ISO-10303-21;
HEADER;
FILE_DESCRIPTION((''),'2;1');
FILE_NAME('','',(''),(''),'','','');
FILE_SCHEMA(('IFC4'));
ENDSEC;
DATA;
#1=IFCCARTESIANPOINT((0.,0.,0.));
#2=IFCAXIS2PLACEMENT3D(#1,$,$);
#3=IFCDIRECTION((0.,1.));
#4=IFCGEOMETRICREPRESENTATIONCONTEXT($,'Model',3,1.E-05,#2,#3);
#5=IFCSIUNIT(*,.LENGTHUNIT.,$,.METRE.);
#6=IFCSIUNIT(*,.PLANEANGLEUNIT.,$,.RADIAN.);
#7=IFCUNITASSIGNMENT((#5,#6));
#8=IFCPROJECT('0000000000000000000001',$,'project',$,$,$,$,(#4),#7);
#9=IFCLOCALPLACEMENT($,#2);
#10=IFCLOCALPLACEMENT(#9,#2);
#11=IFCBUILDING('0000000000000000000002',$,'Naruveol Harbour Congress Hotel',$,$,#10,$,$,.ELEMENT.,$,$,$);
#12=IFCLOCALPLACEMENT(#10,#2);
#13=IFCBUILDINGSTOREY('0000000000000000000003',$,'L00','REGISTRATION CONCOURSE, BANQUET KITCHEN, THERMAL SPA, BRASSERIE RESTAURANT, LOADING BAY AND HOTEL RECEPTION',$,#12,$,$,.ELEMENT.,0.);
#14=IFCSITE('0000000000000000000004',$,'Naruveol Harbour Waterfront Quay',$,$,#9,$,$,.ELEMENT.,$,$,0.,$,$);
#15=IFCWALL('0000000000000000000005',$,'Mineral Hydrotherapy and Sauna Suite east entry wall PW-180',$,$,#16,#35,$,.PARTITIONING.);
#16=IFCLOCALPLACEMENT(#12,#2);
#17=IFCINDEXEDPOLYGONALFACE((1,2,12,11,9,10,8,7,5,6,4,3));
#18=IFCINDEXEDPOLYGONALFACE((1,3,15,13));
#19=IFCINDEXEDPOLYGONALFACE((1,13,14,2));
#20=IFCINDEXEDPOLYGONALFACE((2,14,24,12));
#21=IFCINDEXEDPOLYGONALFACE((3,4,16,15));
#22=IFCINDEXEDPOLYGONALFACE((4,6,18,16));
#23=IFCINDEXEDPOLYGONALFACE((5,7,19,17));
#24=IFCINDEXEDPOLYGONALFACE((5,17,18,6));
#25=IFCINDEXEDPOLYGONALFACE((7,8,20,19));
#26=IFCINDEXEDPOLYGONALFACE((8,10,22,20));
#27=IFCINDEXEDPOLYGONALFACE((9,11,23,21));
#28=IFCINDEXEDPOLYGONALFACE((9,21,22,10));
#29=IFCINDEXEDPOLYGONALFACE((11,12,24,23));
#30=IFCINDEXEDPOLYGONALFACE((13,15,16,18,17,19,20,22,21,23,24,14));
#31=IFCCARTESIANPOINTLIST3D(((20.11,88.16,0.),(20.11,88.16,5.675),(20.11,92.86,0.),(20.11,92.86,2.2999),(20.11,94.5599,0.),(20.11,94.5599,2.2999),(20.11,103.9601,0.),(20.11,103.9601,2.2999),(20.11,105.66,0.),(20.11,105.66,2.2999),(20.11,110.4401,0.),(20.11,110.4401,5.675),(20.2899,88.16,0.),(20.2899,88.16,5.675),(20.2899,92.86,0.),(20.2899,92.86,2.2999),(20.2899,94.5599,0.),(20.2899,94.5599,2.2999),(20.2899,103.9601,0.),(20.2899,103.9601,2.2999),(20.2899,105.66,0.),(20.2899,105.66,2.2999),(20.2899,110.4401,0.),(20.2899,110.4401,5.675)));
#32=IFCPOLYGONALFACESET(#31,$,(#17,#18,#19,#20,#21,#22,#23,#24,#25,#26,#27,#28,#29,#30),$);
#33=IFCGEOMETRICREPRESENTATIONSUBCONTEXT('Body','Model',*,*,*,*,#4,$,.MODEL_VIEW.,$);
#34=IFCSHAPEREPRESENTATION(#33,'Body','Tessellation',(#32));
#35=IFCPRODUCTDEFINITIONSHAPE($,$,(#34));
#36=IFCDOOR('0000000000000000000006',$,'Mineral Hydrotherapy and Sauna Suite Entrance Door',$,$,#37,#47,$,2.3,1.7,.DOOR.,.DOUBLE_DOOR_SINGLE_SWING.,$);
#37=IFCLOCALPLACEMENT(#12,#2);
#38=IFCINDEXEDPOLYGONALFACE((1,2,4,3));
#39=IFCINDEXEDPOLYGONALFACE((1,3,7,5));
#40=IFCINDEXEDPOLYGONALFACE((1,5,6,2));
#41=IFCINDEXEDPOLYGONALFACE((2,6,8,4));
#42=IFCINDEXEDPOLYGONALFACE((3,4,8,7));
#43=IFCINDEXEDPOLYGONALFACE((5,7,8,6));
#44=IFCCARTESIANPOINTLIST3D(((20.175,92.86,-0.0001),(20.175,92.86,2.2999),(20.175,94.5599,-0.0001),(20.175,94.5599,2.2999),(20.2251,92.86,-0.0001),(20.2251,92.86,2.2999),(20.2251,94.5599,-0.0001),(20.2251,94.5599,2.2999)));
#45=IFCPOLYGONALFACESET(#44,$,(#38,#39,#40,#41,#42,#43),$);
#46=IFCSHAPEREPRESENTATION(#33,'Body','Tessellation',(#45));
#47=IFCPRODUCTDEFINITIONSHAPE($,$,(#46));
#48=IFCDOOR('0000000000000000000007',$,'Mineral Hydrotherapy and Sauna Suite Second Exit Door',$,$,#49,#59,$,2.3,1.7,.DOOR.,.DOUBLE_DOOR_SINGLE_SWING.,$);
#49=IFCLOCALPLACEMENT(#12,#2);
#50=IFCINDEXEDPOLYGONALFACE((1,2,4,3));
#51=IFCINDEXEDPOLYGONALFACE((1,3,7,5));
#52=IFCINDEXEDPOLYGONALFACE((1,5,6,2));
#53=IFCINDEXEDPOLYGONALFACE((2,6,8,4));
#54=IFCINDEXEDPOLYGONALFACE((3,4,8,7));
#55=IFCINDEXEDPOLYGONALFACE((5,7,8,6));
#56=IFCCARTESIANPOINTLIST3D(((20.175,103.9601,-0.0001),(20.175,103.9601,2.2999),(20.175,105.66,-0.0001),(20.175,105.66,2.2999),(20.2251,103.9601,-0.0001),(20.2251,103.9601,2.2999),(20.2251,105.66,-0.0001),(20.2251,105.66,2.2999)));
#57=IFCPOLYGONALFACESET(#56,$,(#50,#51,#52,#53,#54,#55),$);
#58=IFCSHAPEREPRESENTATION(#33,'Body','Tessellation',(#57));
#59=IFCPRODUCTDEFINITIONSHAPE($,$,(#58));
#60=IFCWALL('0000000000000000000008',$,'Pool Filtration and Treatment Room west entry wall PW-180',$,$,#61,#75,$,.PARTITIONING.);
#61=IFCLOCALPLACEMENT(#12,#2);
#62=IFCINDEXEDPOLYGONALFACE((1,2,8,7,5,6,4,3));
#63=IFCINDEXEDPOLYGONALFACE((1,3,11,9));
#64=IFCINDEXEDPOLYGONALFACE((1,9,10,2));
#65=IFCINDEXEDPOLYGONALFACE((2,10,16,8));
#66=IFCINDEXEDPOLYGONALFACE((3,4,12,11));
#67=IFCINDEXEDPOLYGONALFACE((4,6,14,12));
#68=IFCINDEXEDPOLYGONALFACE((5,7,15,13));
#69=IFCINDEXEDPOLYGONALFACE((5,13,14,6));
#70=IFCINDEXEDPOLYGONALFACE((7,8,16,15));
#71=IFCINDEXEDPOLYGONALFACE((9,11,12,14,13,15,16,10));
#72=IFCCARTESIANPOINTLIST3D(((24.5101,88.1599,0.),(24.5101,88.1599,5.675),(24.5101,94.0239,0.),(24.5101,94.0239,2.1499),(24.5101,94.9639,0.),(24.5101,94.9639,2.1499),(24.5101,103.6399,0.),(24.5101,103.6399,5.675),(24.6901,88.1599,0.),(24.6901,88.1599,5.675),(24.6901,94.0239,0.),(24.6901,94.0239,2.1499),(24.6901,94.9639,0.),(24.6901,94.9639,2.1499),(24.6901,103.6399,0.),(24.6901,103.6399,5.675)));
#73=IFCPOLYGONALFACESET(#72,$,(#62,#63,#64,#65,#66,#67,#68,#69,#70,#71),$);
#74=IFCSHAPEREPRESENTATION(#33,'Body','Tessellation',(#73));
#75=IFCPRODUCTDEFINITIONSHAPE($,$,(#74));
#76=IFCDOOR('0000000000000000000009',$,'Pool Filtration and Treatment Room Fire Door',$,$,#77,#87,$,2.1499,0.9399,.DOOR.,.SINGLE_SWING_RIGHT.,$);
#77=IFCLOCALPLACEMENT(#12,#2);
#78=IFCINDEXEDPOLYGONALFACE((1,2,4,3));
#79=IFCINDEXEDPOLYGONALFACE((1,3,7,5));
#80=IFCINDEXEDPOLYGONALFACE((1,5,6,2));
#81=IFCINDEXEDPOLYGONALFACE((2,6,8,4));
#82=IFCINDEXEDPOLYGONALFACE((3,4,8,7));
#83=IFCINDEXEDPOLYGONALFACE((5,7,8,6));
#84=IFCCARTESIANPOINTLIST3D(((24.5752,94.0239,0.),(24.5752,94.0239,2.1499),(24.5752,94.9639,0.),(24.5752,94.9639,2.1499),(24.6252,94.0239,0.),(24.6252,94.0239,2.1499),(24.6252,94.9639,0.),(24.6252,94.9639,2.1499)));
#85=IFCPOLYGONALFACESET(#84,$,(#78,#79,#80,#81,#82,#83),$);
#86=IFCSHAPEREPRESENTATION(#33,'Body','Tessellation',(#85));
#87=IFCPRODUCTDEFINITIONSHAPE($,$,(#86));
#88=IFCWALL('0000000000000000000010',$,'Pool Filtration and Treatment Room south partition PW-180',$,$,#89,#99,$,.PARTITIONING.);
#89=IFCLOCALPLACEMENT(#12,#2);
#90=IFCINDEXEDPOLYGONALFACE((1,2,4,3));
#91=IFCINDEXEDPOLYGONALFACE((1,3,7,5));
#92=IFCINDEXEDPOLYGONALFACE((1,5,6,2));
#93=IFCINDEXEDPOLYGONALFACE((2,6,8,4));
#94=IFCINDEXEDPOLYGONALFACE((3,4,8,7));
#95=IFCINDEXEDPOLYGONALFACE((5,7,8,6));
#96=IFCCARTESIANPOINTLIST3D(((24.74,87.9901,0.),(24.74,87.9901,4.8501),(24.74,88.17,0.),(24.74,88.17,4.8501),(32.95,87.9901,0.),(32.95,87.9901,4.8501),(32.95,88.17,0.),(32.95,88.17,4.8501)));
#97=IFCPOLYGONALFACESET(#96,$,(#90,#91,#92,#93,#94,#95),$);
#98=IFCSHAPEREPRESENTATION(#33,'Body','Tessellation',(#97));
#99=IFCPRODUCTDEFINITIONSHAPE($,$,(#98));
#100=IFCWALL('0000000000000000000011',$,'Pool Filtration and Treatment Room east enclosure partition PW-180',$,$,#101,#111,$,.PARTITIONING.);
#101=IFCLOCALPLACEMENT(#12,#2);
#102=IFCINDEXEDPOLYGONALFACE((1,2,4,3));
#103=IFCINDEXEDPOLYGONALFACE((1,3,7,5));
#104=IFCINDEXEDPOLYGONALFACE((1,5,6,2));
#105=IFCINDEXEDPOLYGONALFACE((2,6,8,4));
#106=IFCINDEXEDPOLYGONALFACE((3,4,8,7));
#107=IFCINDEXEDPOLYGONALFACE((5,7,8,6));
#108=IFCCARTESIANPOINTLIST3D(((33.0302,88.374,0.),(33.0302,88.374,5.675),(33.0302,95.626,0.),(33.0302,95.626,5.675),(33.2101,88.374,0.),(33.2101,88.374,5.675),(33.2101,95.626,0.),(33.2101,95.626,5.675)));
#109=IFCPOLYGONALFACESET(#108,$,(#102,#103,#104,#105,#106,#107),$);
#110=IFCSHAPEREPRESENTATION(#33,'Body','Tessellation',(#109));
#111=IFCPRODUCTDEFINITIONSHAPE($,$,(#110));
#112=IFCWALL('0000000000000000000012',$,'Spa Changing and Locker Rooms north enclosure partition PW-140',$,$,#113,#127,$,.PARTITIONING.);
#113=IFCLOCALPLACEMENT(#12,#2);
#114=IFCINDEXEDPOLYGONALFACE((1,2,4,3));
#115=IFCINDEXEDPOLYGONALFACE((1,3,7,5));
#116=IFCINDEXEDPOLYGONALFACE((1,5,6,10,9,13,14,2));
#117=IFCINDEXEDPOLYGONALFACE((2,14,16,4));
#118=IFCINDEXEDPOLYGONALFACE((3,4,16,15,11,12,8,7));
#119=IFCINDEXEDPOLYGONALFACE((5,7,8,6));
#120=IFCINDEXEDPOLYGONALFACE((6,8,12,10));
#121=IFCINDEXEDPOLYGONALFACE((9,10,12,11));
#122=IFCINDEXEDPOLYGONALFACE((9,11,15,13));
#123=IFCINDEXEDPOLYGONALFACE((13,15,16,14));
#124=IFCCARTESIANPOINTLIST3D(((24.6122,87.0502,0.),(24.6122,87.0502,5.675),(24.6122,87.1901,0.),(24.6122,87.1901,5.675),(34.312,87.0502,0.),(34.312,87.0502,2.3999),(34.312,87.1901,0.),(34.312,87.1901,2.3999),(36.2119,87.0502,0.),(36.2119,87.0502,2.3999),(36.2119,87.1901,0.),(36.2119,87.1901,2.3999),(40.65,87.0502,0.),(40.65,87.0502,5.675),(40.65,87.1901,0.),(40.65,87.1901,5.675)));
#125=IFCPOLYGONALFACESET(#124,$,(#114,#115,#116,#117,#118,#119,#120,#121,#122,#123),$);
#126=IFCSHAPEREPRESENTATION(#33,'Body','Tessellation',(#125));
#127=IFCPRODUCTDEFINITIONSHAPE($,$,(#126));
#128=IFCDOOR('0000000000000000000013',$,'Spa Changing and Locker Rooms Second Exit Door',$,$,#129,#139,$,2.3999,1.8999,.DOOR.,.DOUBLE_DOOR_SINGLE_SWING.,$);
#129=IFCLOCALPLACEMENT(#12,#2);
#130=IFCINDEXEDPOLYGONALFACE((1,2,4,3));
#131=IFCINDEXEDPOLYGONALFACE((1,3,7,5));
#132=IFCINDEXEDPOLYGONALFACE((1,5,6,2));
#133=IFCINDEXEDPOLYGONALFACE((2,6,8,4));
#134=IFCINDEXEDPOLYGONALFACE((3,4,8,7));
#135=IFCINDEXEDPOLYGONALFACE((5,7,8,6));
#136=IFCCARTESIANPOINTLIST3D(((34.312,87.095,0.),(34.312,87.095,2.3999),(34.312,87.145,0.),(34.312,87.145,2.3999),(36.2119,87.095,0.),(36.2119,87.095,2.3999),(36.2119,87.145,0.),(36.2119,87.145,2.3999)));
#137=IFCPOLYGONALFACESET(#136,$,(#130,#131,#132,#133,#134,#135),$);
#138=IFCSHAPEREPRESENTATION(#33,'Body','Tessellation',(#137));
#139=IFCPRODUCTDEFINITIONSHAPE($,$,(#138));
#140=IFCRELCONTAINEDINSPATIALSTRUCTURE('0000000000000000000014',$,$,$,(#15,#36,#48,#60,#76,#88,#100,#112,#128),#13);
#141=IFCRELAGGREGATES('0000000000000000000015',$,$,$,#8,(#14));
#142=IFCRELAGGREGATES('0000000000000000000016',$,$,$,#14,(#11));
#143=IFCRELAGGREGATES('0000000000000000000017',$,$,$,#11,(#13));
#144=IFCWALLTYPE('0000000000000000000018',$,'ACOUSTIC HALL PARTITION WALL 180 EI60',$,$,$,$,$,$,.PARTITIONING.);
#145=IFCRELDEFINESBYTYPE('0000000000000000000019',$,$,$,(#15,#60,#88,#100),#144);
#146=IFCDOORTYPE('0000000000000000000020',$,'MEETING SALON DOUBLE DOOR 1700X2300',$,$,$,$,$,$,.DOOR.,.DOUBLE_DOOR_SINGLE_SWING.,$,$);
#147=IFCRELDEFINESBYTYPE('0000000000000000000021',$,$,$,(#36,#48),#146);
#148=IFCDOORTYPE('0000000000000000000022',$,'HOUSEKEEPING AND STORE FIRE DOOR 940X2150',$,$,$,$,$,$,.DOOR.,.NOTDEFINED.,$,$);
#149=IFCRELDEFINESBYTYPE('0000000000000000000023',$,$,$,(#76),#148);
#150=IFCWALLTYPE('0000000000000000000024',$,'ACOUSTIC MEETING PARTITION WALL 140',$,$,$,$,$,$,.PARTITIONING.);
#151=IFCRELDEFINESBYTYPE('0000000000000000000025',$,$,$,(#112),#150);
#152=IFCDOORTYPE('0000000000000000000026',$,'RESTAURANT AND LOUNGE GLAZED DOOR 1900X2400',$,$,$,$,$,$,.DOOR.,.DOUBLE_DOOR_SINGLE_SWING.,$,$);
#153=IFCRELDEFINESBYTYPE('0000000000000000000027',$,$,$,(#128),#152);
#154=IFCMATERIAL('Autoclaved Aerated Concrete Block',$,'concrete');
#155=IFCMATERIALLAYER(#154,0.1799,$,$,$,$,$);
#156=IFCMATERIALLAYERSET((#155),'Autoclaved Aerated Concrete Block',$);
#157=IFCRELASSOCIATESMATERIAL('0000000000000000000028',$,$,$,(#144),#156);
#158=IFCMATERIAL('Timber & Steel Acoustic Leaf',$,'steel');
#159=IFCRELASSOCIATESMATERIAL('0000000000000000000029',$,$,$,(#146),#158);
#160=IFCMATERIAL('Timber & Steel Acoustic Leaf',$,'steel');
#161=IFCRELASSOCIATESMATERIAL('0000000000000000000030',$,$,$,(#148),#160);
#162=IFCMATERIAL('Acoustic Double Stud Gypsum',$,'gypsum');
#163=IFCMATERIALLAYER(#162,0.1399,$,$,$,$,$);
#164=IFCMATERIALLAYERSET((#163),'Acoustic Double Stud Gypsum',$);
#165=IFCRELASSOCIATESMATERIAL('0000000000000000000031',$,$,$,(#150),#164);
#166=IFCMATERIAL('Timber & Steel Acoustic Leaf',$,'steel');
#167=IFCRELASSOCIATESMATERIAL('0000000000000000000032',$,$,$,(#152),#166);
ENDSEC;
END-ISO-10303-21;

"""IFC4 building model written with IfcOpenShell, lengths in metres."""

from ifc_helpers import new_model, si_unit, direction, frame, frame_2d, origin, place, context, subcontext, project, spatial, rectangle, extrude, material, layer, layer_set, type_object, element, fill, save


model = new_model("IFC4")

# Units and contexts
model_context = context("Model", 3, precision=1e-05, world=origin(), true_north=direction((0.0, 1.0)))
body_context = subcontext(model_context, "Body", "Model", "MODEL_VIEW")
ifc_project = project(units=[si_unit("LENGTHUNIT", "METRE"), si_unit("PLANEANGLEUNIT", "RADIAN")], contexts=[model_context])

# Site, building, storey
site_placement = place(None, origin())
site = spatial("IfcSite", under=ifc_project, at=site_placement, Name="Naruveol Harbour Waterfront Quay", CompositionType="ELEMENT", RefElevation=0.0)
building_placement = place(site_placement, origin())
building = spatial("IfcBuilding", under=site, at=building_placement, Name="Naruveol Harbour Congress Hotel", CompositionType="ELEMENT")
storey_placement = place(building_placement, origin())
storey = spatial("IfcBuildingStorey", under=building, at=storey_placement, Name="L00", Description="REGISTRATION CONCOURSE, BANQUET KITCHEN, THERMAL SPA, BRASSERIE RESTAURANT, LOADING BAY AND HOTEL RECEPTION", CompositionType="ELEMENT", Elevation=0.0)

# Wall, openings, doors
ifc_material_1 = material(Name="Autoclaved Aerated Concrete Block", Category="concrete")
ifc_layer_1 = layer(ifc_material_1, 0.1799)
ifc_layer_set_1 = layer_set([ifc_layer_1], Name="Autoclaved Aerated Concrete Block")
wall_type_1 = type_object("IfcWallType", Name="ACOUSTIC HALL PARTITION WALL 180 EI60", PredefinedType="PARTITIONING", material=ifc_layer_set_1)
wall_1_placement = place(storey_placement, frame((20.2, 88.1599, 0.0), z_axis=(0.0, 0.0, 1.0), x_axis=(0.0, 1.0, 0.0)))
wall_1 = element("IfcWall", 1, at=wall_1_placement, inside=storey, type_object=wall_type_1, Name="Mineral Hydrotherapy and Sauna Suite east entry wall PW-180", PredefinedType="PARTITIONING", context=body_context, shape_type="SweptSolid", body=[
    extrude(rectangle(XDim=22.28, YDim=0.1799, at=frame_2d((11.1401, 0.0))), origin(), (0.0, 0.0, 1.0), 5.675),
])
opening_1_placement = place(wall_1_placement, frame((4.7, 0.0, 0.0)))
opening_1 = element("IfcOpeningElement", 2, at=opening_1_placement, cuts=wall_1, PredefinedType="OPENING", context=body_context, shape_type="SweptSolid", body=[
    extrude(rectangle(XDim=1.7, YDim=2.3, at=frame_2d((0.8501, 1.1499))), frame((0.0, 0.0999, 0.0), z_axis=(0.0, -1.0, 0.0), x_axis=(1.0, 0.0, 0.0)), (0.0, 0.0, 1.0), 0.2),
])
opening_2_placement = place(wall_1_placement, frame((15.8, 0.0, 0.0)))
opening_2 = element("IfcOpeningElement", 3, at=opening_2_placement, cuts=wall_1, PredefinedType="OPENING", context=body_context, shape_type="SweptSolid", body=[
    extrude(rectangle(XDim=1.7, YDim=2.3, at=frame_2d((0.8501, 1.1499))), frame((0.0, 0.0999, 0.0), z_axis=(0.0, -1.0, 0.0), x_axis=(1.0, 0.0, 0.0)), (0.0, 0.0, 1.0), 0.2),
])
ifc_material_2 = material(Name="Timber & Steel Acoustic Leaf", Category="steel")
door_type_1 = type_object("IfcDoorType", Name="MEETING SALON DOUBLE DOOR 1700X2300", OperationType="DOUBLE_DOOR_SINGLE_SWING", PredefinedType="DOOR", material=ifc_material_2)
door_1_placement = place(opening_1_placement, origin())
door_1 = element("IfcDoor", 4, at=door_1_placement, inside=storey, type_object=door_type_1, Name="Mineral Hydrotherapy and Sauna Suite Entrance Door", OperationType="DOUBLE_DOOR_SINGLE_SWING", OverallHeight=2.3, OverallWidth=1.7, PredefinedType="DOOR", context=body_context, shape_type="SweptSolid", body=[
    extrude(rectangle(XDim=1.7, YDim=2.3, at=frame_2d((0.8501, 1.1499))), frame((0.0, 0.0249, 0.0), z_axis=(0.0, -1.0, 0.0), x_axis=(1.0, 0.0, 0.0)), (0.0, 0.0, 1.0), 0.05),
])
fill(opening_1, door_1)
door_2_placement = place(opening_2_placement, origin())
door_2 = element("IfcDoor", 5, at=door_2_placement, inside=storey, type_object=door_type_1, Name="Mineral Hydrotherapy and Sauna Suite Second Exit Door", OperationType="DOUBLE_DOOR_SINGLE_SWING", OverallHeight=2.3, OverallWidth=1.7, PredefinedType="DOOR", context=body_context, shape_type="SweptSolid", body=[
    extrude(rectangle(XDim=1.7, YDim=2.3, at=frame_2d((0.8501, 1.1499))), frame((0.0, 0.0249, 0.0), z_axis=(0.0, -1.0, 0.0), x_axis=(1.0, 0.0, 0.0)), (0.0, 0.0, 1.0), 0.05),
])
fill(opening_2, door_2)

# Wall, opening, door
wall_2_placement = place(storey_placement, frame((24.6001, 88.1599, 0.0), z_axis=(0.0, 0.0, 1.0), x_axis=(0.0, 1.0, 0.0)))
wall_2 = element("IfcWall", 6, at=wall_2_placement, inside=storey, type_object=wall_type_1, Name="Pool Filtration and Treatment Room west entry wall PW-180", PredefinedType="PARTITIONING", context=body_context, shape_type="SweptSolid", body=[
    extrude(rectangle(XDim=15.48, YDim=0.1799, at=frame_2d((7.74, 0.0))), origin(), (0.0, 0.0, 1.0), 5.675),
])
opening_3_placement = place(wall_2_placement, frame((5.864, 0.0, 0.0)))
opening_3 = element("IfcOpeningElement", 7, at=opening_3_placement, cuts=wall_2, PredefinedType="OPENING", context=body_context, shape_type="SweptSolid", body=[
    extrude(rectangle(XDim=0.9399, YDim=2.1499, at=frame_2d((0.47, 1.075))), frame((0.0, 0.0999, 0.0), z_axis=(0.0, -1.0, 0.0), x_axis=(1.0, 0.0, 0.0)), (0.0, 0.0, 1.0), 0.2),
])
ifc_material_3 = material(Name="Timber & Steel Acoustic Leaf", Category="steel")
door_type_2 = type_object("IfcDoorType", Name="HOUSEKEEPING AND STORE FIRE DOOR 940X2150", OperationType="NOTDEFINED", PredefinedType="DOOR", material=ifc_material_3)
door_3_placement = place(opening_3_placement, origin())
door_3 = element("IfcDoor", 8, at=door_3_placement, inside=storey, type_object=door_type_2, Name="Pool Filtration and Treatment Room Fire Door", OperationType="SINGLE_SWING_RIGHT", OverallHeight=2.1499, OverallWidth=0.9399, PredefinedType="DOOR", context=body_context, shape_type="SweptSolid", body=[
    extrude(rectangle(XDim=0.9399, YDim=2.1499, at=frame_2d((0.47, 1.075))), frame((0.0, 0.0249, 0.0), z_axis=(0.0, -1.0, 0.0), x_axis=(1.0, 0.0, 0.0)), (0.0, 0.0, 1.0), 0.05),
])
fill(opening_3, door_3)

# Walls
wall_3_placement = place(storey_placement, frame((24.74, 88.0801, 0.0), z_axis=(0.0, 0.0, 1.0), x_axis=(1.0, 0.0, 0.0)))
element("IfcWall", 9, at=wall_3_placement, inside=storey, type_object=wall_type_1, Name="Pool Filtration and Treatment Room south partition PW-180", PredefinedType="PARTITIONING", context=body_context, shape_type="SweptSolid", body=[
    extrude(rectangle(XDim=8.21, YDim=0.1799, at=frame_2d((4.105, 0.0))), origin(), (0.0, 0.0, 1.0), 4.8501),
])
wall_4_placement = place(storey_placement, frame((33.1201, 88.374, 0.0), z_axis=(0.0, 0.0, 1.0), x_axis=(0.0, 1.0, 0.0)))
element("IfcWall", 10, at=wall_4_placement, inside=storey, type_object=wall_type_1, Name="Pool Filtration and Treatment Room east enclosure partition PW-180", PredefinedType="PARTITIONING", context=body_context, shape_type="SweptSolid", body=[
    extrude(rectangle(XDim=7.252, YDim=0.1799, at=frame_2d((3.626, 0.0))), origin(), (0.0, 0.0, 1.0), 5.675),
])

# Wall, opening, door
ifc_material_4 = material(Name="Acoustic Double Stud Gypsum", Category="gypsum")
ifc_layer_2 = layer(ifc_material_4, 0.1399)
ifc_layer_set_2 = layer_set([ifc_layer_2], Name="Acoustic Double Stud Gypsum")
wall_type_2 = type_object("IfcWallType", Name="ACOUSTIC MEETING PARTITION WALL 140", PredefinedType="PARTITIONING", material=ifc_layer_set_2)
wall_5_placement = place(storey_placement, frame((24.6121, 87.1201, 0.0), z_axis=(0.0, 0.0, 1.0), x_axis=(1.0, 0.0, 0.0)))
wall_5 = element("IfcWall", 11, at=wall_5_placement, inside=storey, type_object=wall_type_2, Name="Spa Changing and Locker Rooms north enclosure partition PW-140", PredefinedType="PARTITIONING", context=body_context, shape_type="SweptSolid", body=[
    extrude(rectangle(XDim=16.0378, YDim=0.1399, at=frame_2d((8.019, 0.0))), origin(), (0.0, 0.0, 1.0), 5.675),
])
opening_4_placement = place(wall_5_placement, frame((9.7, 0.0, 0.0)))
opening_4 = element("IfcOpeningElement", 12, at=opening_4_placement, cuts=wall_5, PredefinedType="OPENING", context=body_context, shape_type="SweptSolid", body=[
    extrude(rectangle(XDim=1.8999, YDim=2.3999, at=frame_2d((0.95, 1.2))), frame((0.0, 0.0798, 0.0), z_axis=(0.0, -1.0, 0.0), x_axis=(1.0, 0.0, 0.0)), (0.0, 0.0, 1.0), 0.1599),
])
ifc_material_5 = material(Name="Timber & Steel Acoustic Leaf", Category="steel")
door_type_3 = type_object("IfcDoorType", Name="RESTAURANT AND LOUNGE GLAZED DOOR 1900X2400", OperationType="DOUBLE_DOOR_SINGLE_SWING", PredefinedType="DOOR", material=ifc_material_5)
door_4_placement = place(opening_4_placement, origin())
door_4 = element("IfcDoor", 13, at=door_4_placement, inside=storey, type_object=door_type_3, Name="Spa Changing and Locker Rooms Second Exit Door", OperationType="DOUBLE_DOOR_SINGLE_SWING", OverallHeight=2.3999, OverallWidth=1.8999, PredefinedType="DOOR", context=body_context, shape_type="SweptSolid", body=[
    extrude(rectangle(XDim=1.8999, YDim=2.3999, at=frame_2d((0.95, 1.2))), frame((0.0, 0.0249, 0.0), z_axis=(0.0, -1.0, 0.0), x_axis=(1.0, 0.0, 0.0)), (0.0, 0.0, 1.0), 0.05),
])
fill(opening_4, door_4)

save(model, "model.ifc")
